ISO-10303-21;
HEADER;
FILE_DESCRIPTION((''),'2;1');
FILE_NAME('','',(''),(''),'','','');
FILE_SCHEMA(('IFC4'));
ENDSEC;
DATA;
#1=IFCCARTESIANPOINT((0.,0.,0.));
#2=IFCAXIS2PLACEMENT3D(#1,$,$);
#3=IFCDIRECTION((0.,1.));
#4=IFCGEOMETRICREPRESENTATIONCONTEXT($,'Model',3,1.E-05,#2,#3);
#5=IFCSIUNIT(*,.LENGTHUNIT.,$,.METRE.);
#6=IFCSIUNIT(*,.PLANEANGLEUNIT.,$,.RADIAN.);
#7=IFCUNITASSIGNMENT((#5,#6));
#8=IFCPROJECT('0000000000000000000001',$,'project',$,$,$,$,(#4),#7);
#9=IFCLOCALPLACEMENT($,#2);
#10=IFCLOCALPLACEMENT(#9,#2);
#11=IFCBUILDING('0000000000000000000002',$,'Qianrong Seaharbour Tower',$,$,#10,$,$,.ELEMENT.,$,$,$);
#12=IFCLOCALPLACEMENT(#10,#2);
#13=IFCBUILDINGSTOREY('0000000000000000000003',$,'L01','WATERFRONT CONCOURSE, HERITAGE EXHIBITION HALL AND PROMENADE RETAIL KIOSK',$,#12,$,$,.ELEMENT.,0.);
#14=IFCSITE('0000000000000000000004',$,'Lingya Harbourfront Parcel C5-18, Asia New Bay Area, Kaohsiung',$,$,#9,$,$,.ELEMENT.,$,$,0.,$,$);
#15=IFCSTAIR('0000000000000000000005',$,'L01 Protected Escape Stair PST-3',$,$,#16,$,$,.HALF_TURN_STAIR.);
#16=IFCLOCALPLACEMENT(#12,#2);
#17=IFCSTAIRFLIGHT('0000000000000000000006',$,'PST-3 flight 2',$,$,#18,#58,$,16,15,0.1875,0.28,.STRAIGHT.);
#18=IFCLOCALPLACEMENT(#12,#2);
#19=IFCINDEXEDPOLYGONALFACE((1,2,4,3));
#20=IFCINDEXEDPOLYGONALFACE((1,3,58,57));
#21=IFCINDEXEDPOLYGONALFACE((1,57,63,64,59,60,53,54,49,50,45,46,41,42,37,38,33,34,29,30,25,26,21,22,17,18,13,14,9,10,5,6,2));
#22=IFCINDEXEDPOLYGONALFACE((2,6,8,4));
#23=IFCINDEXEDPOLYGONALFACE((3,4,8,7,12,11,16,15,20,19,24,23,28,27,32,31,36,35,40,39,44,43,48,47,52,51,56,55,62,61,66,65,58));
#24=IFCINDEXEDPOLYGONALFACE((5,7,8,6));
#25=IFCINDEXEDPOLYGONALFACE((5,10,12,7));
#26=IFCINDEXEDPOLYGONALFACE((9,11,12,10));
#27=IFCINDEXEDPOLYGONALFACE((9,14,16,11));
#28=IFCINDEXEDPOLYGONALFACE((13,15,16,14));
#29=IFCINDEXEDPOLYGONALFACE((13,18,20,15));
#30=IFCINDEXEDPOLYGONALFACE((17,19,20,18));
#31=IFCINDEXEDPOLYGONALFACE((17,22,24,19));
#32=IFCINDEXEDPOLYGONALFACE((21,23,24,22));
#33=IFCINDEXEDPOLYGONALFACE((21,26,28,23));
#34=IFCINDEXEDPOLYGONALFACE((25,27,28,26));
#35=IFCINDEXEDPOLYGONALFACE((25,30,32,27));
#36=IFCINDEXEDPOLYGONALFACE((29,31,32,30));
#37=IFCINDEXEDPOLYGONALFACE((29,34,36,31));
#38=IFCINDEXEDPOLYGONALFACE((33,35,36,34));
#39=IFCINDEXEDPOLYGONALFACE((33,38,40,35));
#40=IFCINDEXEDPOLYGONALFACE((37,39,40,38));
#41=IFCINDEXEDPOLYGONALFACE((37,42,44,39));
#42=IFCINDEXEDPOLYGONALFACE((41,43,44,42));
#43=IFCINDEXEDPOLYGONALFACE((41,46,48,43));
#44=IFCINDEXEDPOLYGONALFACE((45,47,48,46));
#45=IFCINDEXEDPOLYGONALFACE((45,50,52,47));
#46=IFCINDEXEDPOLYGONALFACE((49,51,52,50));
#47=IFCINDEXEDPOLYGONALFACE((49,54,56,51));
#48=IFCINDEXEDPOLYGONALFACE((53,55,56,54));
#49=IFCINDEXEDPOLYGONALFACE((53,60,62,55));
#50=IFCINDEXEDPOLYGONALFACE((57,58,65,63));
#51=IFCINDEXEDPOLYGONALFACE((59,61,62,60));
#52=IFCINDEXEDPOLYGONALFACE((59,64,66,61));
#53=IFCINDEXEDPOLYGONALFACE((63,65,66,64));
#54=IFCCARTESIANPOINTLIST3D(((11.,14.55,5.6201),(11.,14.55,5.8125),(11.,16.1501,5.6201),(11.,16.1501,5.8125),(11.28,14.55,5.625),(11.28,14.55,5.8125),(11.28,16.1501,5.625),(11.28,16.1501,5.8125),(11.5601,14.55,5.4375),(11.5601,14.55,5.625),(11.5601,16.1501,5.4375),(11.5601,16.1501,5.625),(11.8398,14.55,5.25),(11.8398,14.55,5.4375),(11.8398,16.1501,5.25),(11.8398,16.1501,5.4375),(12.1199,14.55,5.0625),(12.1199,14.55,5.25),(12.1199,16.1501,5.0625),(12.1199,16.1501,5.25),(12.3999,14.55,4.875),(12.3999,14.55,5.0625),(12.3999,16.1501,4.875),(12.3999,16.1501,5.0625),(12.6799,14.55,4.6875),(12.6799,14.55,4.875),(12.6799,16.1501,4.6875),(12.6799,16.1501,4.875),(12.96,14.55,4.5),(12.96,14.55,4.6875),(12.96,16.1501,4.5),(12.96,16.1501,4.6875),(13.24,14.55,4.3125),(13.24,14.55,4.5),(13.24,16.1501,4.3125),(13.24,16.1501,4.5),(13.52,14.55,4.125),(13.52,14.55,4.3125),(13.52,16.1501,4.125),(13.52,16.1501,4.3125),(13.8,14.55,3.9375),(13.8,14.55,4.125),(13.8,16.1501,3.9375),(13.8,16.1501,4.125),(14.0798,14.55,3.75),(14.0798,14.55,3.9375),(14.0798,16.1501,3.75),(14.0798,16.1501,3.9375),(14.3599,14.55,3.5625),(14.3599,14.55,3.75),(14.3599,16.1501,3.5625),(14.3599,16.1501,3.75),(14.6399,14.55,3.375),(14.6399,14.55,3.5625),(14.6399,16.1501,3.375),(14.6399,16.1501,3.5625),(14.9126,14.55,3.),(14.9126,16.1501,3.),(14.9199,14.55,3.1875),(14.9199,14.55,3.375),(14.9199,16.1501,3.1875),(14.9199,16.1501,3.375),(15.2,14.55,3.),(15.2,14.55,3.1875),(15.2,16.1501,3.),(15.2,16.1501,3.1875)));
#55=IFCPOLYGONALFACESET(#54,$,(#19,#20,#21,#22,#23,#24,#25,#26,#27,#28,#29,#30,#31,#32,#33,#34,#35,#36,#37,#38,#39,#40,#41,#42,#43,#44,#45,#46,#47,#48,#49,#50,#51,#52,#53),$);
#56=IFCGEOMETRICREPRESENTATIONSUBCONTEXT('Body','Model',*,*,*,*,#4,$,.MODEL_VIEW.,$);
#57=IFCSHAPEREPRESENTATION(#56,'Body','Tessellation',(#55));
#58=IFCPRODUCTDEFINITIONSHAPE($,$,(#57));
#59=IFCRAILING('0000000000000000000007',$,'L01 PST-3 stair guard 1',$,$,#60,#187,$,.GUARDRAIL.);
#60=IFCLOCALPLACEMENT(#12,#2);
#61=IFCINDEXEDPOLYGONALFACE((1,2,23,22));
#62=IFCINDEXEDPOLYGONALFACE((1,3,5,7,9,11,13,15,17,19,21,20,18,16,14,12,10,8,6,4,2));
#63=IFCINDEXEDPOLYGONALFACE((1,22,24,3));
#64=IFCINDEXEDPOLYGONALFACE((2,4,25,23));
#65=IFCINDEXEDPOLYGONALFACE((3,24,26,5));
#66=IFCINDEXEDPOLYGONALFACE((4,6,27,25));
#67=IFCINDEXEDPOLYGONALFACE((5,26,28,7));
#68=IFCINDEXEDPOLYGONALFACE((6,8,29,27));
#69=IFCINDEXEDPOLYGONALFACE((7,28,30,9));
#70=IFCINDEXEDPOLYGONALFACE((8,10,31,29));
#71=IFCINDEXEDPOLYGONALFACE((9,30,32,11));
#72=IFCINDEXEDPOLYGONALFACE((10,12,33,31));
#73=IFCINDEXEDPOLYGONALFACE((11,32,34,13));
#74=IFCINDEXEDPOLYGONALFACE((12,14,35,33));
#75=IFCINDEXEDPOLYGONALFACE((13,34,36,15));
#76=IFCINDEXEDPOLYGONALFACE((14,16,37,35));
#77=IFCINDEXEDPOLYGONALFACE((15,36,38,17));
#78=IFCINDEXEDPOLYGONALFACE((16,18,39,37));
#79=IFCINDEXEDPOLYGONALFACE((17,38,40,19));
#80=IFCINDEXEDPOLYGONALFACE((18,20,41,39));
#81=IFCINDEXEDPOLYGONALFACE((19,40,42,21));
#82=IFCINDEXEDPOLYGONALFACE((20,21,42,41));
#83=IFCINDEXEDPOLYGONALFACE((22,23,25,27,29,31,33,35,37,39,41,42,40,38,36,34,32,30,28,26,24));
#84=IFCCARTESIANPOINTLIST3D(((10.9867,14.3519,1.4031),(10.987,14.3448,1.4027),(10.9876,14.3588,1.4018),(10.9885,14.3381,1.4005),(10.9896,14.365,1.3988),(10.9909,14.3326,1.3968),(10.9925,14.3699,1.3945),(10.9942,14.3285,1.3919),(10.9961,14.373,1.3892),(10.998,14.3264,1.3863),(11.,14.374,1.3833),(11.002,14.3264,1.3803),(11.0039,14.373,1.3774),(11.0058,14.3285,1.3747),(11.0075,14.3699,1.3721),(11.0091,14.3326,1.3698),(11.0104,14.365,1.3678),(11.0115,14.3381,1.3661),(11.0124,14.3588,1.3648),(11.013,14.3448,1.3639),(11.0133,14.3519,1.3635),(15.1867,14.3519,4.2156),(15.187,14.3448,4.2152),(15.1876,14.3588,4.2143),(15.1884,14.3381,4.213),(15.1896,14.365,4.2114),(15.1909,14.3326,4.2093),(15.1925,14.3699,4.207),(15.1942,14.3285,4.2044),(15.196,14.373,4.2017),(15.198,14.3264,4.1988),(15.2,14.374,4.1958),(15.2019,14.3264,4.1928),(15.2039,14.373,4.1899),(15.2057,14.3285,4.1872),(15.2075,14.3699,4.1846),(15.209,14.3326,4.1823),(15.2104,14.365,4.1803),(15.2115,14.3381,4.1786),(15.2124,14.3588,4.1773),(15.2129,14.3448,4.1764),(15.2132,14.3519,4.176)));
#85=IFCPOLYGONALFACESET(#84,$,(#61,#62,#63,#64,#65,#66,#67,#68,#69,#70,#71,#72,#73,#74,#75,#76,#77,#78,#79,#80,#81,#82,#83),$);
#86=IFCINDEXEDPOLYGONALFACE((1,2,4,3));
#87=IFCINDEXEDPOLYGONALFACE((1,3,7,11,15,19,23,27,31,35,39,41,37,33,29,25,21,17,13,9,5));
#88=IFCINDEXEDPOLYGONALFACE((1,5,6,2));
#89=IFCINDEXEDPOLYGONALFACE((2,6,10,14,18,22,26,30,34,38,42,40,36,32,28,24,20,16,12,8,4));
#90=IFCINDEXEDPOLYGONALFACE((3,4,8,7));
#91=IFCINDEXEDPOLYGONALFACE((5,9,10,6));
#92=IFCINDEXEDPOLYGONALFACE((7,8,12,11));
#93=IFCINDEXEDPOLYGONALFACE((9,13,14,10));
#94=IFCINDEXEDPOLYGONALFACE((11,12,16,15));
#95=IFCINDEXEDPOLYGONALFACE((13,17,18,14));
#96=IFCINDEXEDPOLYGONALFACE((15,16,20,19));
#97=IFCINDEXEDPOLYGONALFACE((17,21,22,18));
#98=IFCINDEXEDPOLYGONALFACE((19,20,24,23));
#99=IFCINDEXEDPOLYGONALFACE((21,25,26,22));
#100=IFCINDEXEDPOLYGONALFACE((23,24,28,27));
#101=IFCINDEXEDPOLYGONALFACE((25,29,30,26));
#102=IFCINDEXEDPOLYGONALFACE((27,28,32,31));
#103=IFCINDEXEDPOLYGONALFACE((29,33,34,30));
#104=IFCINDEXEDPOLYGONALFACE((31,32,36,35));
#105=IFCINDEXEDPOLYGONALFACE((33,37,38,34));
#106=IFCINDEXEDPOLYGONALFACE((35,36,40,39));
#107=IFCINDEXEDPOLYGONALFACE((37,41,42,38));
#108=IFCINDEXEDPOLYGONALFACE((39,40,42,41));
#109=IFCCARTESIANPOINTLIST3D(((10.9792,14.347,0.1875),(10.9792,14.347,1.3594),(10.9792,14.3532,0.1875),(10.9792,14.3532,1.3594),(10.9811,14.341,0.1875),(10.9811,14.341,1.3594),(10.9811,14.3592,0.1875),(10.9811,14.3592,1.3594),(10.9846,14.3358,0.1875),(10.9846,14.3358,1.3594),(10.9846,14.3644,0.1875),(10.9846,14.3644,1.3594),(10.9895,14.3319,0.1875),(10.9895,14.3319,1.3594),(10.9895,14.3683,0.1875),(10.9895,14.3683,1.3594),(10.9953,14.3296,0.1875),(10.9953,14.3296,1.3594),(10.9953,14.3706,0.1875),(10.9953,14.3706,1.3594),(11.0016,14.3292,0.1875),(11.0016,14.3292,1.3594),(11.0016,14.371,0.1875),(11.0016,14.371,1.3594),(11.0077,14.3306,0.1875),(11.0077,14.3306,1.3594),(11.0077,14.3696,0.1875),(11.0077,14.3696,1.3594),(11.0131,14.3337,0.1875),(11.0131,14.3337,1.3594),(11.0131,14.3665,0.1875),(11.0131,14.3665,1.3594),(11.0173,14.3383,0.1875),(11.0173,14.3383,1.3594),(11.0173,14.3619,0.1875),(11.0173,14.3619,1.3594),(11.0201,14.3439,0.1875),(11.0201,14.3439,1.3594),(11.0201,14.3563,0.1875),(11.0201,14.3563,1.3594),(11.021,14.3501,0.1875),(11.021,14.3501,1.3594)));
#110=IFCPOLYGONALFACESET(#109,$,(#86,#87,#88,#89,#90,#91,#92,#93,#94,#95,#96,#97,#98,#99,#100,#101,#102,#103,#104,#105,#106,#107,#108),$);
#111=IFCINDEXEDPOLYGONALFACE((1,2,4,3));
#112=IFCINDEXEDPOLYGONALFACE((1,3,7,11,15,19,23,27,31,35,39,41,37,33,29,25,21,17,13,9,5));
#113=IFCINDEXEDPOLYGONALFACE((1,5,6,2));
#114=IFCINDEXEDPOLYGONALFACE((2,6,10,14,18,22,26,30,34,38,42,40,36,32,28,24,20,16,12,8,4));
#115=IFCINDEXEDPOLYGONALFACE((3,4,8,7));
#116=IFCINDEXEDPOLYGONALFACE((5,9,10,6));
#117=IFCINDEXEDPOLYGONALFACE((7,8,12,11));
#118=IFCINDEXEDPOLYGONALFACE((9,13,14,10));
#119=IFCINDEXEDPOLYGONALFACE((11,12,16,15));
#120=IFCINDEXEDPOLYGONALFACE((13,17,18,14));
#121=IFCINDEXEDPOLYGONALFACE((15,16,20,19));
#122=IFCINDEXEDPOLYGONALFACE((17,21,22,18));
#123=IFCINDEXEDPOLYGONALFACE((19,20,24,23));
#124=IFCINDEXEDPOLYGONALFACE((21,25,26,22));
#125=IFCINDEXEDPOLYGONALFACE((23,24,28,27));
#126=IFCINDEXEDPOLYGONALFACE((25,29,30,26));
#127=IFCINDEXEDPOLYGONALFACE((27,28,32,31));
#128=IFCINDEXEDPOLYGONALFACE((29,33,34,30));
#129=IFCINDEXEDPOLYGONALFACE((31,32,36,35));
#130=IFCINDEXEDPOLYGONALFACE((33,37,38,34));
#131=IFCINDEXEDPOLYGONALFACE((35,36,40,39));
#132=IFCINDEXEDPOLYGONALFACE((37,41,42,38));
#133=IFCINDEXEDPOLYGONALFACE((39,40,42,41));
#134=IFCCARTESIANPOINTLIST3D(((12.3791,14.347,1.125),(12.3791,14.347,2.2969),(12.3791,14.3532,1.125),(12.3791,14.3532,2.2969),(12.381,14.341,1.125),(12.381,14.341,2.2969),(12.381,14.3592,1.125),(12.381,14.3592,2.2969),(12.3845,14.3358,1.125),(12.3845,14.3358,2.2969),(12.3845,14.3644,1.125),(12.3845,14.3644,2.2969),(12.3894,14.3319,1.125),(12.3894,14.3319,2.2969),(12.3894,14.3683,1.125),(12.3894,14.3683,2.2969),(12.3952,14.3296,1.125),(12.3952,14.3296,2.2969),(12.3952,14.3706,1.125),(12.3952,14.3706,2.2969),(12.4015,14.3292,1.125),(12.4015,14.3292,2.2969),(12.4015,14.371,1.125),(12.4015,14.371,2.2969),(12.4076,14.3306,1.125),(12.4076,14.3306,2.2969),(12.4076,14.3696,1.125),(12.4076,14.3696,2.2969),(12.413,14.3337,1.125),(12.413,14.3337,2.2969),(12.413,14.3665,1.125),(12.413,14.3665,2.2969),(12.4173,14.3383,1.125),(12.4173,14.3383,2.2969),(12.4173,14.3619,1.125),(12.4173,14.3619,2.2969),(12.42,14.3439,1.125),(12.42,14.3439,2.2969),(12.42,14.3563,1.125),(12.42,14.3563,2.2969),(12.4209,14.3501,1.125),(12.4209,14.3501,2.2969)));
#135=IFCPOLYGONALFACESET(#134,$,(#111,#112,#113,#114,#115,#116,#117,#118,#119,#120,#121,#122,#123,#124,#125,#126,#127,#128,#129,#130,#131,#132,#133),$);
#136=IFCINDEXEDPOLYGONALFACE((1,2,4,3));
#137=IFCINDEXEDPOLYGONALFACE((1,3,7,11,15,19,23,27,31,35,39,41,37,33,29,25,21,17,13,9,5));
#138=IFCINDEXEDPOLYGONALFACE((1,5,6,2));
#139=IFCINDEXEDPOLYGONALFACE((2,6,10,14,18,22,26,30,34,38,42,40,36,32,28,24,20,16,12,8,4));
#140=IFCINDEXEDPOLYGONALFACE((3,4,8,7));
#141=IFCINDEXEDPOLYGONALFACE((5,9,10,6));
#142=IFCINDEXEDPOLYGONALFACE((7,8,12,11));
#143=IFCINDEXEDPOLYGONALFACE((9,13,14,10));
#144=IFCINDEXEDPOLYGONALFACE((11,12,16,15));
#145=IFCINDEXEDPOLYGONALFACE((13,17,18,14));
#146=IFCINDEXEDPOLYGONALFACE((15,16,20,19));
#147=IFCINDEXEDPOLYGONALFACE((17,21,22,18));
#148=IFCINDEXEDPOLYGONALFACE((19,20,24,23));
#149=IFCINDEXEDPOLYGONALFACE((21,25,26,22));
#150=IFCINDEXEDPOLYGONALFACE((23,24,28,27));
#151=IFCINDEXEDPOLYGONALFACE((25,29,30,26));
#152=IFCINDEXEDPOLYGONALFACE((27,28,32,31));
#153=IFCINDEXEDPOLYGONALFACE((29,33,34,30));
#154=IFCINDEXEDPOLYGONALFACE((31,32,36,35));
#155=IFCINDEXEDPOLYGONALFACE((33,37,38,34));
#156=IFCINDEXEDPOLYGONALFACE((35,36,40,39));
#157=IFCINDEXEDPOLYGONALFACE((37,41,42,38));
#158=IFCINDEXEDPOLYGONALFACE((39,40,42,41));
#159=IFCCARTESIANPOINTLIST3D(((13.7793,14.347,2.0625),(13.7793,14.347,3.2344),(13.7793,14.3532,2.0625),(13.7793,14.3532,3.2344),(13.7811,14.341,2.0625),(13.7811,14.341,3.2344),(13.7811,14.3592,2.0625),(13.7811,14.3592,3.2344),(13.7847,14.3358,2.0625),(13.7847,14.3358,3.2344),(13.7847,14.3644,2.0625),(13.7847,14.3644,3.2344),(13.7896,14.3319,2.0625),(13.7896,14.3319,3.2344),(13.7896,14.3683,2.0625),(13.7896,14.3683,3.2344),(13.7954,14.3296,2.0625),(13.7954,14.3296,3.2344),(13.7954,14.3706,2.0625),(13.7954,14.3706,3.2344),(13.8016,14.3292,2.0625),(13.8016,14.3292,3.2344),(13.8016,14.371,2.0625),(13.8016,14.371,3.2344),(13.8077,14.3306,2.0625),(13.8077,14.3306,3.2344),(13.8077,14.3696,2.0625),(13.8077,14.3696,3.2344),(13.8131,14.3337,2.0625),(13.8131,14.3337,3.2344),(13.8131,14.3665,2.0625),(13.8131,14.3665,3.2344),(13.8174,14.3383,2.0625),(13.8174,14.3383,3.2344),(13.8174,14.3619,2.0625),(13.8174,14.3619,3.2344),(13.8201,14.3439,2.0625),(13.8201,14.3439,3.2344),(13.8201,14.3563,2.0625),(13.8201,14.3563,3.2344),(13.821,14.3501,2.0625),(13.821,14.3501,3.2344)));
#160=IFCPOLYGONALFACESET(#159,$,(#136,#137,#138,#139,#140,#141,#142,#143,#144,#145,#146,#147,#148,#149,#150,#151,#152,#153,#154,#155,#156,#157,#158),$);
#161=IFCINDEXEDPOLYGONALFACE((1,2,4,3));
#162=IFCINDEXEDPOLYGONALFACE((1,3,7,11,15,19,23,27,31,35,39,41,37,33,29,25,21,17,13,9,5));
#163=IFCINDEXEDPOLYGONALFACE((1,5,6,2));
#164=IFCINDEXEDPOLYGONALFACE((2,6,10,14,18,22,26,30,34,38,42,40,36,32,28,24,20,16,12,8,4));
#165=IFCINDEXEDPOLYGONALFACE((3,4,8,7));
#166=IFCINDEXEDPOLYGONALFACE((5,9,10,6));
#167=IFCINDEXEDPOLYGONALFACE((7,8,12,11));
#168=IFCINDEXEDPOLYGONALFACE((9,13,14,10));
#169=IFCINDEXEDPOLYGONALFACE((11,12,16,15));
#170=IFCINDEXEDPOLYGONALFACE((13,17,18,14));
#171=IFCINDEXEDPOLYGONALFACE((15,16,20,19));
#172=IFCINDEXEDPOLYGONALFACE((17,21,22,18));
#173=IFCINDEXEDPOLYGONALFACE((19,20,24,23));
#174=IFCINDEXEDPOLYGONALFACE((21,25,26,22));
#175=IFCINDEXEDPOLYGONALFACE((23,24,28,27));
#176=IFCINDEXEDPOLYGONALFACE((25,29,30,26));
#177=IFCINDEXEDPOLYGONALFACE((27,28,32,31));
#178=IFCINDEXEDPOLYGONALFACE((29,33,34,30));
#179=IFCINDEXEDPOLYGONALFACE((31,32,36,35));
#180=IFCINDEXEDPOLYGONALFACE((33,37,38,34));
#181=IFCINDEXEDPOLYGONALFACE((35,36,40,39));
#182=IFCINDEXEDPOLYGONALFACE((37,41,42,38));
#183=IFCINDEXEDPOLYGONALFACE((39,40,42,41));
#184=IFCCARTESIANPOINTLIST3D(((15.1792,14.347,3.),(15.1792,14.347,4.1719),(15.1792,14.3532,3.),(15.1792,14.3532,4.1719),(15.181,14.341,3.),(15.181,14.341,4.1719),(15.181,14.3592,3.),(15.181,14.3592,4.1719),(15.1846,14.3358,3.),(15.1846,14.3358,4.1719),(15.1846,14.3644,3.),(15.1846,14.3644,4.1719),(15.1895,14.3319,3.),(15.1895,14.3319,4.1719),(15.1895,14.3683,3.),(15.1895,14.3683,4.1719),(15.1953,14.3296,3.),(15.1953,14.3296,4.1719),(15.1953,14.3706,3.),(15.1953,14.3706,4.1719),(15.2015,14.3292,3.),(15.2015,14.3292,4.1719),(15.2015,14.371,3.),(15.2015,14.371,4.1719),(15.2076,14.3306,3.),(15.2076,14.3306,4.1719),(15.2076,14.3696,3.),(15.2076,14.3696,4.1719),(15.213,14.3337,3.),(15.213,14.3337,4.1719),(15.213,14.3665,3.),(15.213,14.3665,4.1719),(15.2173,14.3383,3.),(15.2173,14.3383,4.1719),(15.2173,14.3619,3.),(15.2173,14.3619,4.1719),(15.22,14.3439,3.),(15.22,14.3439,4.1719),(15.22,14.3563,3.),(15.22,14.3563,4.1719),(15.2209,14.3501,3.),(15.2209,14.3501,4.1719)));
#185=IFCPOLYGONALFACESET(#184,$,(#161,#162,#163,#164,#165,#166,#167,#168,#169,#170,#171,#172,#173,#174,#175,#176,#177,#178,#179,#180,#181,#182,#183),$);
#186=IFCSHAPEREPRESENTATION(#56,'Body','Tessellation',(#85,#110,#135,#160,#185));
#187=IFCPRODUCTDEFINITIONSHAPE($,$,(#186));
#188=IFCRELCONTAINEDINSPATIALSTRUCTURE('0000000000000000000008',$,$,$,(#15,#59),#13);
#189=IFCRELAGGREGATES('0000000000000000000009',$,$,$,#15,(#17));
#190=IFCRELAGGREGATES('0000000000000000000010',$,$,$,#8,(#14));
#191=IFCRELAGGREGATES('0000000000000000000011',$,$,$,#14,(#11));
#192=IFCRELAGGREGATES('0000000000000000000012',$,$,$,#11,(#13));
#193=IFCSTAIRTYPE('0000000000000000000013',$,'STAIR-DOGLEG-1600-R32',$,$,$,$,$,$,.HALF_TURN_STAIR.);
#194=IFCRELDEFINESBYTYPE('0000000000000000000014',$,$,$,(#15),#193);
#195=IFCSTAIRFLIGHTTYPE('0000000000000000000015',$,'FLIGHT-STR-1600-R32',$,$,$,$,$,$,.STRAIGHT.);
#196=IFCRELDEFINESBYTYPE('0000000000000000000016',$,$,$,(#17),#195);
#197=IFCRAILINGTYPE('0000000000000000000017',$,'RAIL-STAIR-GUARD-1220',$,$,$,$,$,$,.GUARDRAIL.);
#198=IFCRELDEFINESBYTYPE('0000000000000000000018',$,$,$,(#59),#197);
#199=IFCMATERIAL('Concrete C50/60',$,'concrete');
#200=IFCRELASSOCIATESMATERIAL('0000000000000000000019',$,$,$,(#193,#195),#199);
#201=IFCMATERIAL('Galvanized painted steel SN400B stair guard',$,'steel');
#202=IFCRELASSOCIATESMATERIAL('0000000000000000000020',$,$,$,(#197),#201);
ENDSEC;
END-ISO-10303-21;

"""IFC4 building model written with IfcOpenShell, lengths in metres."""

from ifc_helpers import new_model, si_unit, direction, frame, origin, origin_2d, place, context, subcontext, project, spatial, polyline, circle, outline, extrude, material, type_object, element, aggregate, save


model = new_model("IFC4")

# Units and contexts
model_context = context("Model", 3, precision=1e-05, world=origin(), true_north=direction((0.0, 1.0)))
body_context = subcontext(model_context, "Body", "Model", "MODEL_VIEW")
ifc_project = project(units=[si_unit("LENGTHUNIT", "METRE"), si_unit("PLANEANGLEUNIT", "RADIAN")], contexts=[model_context])

# Site, building, storey
site_placement = place(None, origin())
site = spatial("IfcSite", under=ifc_project, at=site_placement, Name="Lingya Harbourfront Parcel C5-18, Asia New Bay Area, Kaohsiung", CompositionType="ELEMENT", RefElevation=0.0)
building_placement = place(site_placement, origin())
building = spatial("IfcBuilding", under=site, at=building_placement, Name="Qianrong Seaharbour Tower", CompositionType="ELEMENT")
storey_placement = place(building_placement, origin())
storey = spatial("IfcBuildingStorey", under=building, at=storey_placement, Name="L01", Description="WATERFRONT CONCOURSE, HERITAGE EXHIBITION HALL AND PROMENADE RETAIL KIOSK", CompositionType="ELEMENT", Elevation=0.0)

# Shared definitions
ifc_material_1 = material(Name="Concrete C50/60", Category="concrete")

# Stair, stair flight
stair_type = type_object("IfcStairType", Name="STAIR-DOGLEG-1600-R32", PredefinedType="HALF_TURN_STAIR", material=ifc_material_1)
stair_placement = place(storey_placement, origin())
stair = element("IfcStair", 1, at=stair_placement, inside=storey, type_object=stair_type, Name="L01 Protected Escape Stair PST-3", PredefinedType="HALF_TURN_STAIR")
stair_flight_type = type_object("IfcStairFlightType", Name="FLIGHT-STR-1600-R32", PredefinedType="STRAIGHT", material=ifc_material_1)
stair_flight_1_placement = place(storey_placement, frame((15.2, 15.3501, 3.0), z_axis=(0.0, 0.0, 1.0), x_axis=(-1.0, 0.0, 0.0)))
stair_flight_1 = element("IfcStairFlight", 2, at=stair_flight_1_placement, type_object=stair_flight_type, Name="PST-3 flight 2", NumberOfRisers=16, NumberOfTreads=15, PredefinedType="STRAIGHT", RiserHeight=0.1875, TreadLength=0.28, context=body_context, shape_type="SweptSolid", body=[
    extrude(outline(polyline([(0.0, 0.0), (0.0, 0.1875), (0.28, 0.1875), (0.28, 0.375), (0.5601, 0.375), (0.5601, 0.5625), (0.8401, 0.5625), (0.8401, 0.75), (1.1201, 0.75), (1.1201, 0.9375), (1.3999, 0.9375), (1.3999, 1.125), (1.6799, 1.125), (1.6799, 1.3125), (1.96, 1.3125), (1.96, 1.5), (2.24, 1.5), (2.24, 1.6875), (2.52, 1.6875), (2.52, 1.875), (2.8, 1.875), (2.8, 2.0625), (3.0801, 2.0625), (3.0801, 2.25), (3.3601, 2.25), (3.3601, 2.4375), (3.6399, 2.4375), (3.6399, 2.625), (3.9199, 2.625), (3.9199, 2.8125), (4.2, 2.8125), (4.2, 3.0), (4.2, 2.6201), (0.2874, 0.0), (0.0, 0.0)])), frame((0.0, 0.8, 0.0), z_axis=(0.0, -1.0, 0.0), x_axis=(1.0, 0.0, 0.0)), (0.0, 0.0, 1.0), 1.6001),
])
aggregate(stair, [stair_flight_1])

# Railing
ifc_material_2 = material(Name="Galvanized painted steel SN400B stair guard", Category="steel")
railing_type_1 = type_object("IfcRailingType", Name="RAIL-STAIR-GUARD-1220", PredefinedType="GUARDRAIL", material=ifc_material_2)
railing_1_placement = place(storey_placement, frame((11.0, 14.3501, 0.1875)))
element("IfcRailing", 3, at=railing_1_placement, inside=storey, type_object=railing_type_1, Name="L01 PST-3 stair guard 1", PredefinedType="GUARDRAIL", context=body_context, shape_type="SweptSolid", body=[
    extrude(circle(Radius=0.0239, at=origin_2d()), frame((0.0, 0.0, 1.1958), z_axis=(0.830904, 0.0, 0.556416), x_axis=(0.0, 1.0, 0.0)), (0.0, 0.0, 1.0), 5.0547),
    extrude(circle(Radius=0.021, at=origin_2d()), origin(), (0.0, 0.0, 1.0), 1.1719),
    extrude(circle(Radius=0.021, at=origin_2d()), frame((1.3999, 0.0, 0.9375)), (0.0, 0.0, 1.0), 1.1719),
    extrude(circle(Radius=0.021, at=origin_2d()), frame((2.8, 0.0, 1.875)), (0.0, 0.0, 1.0), 1.1719),
    extrude(circle(Radius=0.021, at=origin_2d()), frame((4.2, 0.0, 2.8125)), (0.0, 0.0, 1.0), 1.1719),
])

save(model, "model.ifc")
